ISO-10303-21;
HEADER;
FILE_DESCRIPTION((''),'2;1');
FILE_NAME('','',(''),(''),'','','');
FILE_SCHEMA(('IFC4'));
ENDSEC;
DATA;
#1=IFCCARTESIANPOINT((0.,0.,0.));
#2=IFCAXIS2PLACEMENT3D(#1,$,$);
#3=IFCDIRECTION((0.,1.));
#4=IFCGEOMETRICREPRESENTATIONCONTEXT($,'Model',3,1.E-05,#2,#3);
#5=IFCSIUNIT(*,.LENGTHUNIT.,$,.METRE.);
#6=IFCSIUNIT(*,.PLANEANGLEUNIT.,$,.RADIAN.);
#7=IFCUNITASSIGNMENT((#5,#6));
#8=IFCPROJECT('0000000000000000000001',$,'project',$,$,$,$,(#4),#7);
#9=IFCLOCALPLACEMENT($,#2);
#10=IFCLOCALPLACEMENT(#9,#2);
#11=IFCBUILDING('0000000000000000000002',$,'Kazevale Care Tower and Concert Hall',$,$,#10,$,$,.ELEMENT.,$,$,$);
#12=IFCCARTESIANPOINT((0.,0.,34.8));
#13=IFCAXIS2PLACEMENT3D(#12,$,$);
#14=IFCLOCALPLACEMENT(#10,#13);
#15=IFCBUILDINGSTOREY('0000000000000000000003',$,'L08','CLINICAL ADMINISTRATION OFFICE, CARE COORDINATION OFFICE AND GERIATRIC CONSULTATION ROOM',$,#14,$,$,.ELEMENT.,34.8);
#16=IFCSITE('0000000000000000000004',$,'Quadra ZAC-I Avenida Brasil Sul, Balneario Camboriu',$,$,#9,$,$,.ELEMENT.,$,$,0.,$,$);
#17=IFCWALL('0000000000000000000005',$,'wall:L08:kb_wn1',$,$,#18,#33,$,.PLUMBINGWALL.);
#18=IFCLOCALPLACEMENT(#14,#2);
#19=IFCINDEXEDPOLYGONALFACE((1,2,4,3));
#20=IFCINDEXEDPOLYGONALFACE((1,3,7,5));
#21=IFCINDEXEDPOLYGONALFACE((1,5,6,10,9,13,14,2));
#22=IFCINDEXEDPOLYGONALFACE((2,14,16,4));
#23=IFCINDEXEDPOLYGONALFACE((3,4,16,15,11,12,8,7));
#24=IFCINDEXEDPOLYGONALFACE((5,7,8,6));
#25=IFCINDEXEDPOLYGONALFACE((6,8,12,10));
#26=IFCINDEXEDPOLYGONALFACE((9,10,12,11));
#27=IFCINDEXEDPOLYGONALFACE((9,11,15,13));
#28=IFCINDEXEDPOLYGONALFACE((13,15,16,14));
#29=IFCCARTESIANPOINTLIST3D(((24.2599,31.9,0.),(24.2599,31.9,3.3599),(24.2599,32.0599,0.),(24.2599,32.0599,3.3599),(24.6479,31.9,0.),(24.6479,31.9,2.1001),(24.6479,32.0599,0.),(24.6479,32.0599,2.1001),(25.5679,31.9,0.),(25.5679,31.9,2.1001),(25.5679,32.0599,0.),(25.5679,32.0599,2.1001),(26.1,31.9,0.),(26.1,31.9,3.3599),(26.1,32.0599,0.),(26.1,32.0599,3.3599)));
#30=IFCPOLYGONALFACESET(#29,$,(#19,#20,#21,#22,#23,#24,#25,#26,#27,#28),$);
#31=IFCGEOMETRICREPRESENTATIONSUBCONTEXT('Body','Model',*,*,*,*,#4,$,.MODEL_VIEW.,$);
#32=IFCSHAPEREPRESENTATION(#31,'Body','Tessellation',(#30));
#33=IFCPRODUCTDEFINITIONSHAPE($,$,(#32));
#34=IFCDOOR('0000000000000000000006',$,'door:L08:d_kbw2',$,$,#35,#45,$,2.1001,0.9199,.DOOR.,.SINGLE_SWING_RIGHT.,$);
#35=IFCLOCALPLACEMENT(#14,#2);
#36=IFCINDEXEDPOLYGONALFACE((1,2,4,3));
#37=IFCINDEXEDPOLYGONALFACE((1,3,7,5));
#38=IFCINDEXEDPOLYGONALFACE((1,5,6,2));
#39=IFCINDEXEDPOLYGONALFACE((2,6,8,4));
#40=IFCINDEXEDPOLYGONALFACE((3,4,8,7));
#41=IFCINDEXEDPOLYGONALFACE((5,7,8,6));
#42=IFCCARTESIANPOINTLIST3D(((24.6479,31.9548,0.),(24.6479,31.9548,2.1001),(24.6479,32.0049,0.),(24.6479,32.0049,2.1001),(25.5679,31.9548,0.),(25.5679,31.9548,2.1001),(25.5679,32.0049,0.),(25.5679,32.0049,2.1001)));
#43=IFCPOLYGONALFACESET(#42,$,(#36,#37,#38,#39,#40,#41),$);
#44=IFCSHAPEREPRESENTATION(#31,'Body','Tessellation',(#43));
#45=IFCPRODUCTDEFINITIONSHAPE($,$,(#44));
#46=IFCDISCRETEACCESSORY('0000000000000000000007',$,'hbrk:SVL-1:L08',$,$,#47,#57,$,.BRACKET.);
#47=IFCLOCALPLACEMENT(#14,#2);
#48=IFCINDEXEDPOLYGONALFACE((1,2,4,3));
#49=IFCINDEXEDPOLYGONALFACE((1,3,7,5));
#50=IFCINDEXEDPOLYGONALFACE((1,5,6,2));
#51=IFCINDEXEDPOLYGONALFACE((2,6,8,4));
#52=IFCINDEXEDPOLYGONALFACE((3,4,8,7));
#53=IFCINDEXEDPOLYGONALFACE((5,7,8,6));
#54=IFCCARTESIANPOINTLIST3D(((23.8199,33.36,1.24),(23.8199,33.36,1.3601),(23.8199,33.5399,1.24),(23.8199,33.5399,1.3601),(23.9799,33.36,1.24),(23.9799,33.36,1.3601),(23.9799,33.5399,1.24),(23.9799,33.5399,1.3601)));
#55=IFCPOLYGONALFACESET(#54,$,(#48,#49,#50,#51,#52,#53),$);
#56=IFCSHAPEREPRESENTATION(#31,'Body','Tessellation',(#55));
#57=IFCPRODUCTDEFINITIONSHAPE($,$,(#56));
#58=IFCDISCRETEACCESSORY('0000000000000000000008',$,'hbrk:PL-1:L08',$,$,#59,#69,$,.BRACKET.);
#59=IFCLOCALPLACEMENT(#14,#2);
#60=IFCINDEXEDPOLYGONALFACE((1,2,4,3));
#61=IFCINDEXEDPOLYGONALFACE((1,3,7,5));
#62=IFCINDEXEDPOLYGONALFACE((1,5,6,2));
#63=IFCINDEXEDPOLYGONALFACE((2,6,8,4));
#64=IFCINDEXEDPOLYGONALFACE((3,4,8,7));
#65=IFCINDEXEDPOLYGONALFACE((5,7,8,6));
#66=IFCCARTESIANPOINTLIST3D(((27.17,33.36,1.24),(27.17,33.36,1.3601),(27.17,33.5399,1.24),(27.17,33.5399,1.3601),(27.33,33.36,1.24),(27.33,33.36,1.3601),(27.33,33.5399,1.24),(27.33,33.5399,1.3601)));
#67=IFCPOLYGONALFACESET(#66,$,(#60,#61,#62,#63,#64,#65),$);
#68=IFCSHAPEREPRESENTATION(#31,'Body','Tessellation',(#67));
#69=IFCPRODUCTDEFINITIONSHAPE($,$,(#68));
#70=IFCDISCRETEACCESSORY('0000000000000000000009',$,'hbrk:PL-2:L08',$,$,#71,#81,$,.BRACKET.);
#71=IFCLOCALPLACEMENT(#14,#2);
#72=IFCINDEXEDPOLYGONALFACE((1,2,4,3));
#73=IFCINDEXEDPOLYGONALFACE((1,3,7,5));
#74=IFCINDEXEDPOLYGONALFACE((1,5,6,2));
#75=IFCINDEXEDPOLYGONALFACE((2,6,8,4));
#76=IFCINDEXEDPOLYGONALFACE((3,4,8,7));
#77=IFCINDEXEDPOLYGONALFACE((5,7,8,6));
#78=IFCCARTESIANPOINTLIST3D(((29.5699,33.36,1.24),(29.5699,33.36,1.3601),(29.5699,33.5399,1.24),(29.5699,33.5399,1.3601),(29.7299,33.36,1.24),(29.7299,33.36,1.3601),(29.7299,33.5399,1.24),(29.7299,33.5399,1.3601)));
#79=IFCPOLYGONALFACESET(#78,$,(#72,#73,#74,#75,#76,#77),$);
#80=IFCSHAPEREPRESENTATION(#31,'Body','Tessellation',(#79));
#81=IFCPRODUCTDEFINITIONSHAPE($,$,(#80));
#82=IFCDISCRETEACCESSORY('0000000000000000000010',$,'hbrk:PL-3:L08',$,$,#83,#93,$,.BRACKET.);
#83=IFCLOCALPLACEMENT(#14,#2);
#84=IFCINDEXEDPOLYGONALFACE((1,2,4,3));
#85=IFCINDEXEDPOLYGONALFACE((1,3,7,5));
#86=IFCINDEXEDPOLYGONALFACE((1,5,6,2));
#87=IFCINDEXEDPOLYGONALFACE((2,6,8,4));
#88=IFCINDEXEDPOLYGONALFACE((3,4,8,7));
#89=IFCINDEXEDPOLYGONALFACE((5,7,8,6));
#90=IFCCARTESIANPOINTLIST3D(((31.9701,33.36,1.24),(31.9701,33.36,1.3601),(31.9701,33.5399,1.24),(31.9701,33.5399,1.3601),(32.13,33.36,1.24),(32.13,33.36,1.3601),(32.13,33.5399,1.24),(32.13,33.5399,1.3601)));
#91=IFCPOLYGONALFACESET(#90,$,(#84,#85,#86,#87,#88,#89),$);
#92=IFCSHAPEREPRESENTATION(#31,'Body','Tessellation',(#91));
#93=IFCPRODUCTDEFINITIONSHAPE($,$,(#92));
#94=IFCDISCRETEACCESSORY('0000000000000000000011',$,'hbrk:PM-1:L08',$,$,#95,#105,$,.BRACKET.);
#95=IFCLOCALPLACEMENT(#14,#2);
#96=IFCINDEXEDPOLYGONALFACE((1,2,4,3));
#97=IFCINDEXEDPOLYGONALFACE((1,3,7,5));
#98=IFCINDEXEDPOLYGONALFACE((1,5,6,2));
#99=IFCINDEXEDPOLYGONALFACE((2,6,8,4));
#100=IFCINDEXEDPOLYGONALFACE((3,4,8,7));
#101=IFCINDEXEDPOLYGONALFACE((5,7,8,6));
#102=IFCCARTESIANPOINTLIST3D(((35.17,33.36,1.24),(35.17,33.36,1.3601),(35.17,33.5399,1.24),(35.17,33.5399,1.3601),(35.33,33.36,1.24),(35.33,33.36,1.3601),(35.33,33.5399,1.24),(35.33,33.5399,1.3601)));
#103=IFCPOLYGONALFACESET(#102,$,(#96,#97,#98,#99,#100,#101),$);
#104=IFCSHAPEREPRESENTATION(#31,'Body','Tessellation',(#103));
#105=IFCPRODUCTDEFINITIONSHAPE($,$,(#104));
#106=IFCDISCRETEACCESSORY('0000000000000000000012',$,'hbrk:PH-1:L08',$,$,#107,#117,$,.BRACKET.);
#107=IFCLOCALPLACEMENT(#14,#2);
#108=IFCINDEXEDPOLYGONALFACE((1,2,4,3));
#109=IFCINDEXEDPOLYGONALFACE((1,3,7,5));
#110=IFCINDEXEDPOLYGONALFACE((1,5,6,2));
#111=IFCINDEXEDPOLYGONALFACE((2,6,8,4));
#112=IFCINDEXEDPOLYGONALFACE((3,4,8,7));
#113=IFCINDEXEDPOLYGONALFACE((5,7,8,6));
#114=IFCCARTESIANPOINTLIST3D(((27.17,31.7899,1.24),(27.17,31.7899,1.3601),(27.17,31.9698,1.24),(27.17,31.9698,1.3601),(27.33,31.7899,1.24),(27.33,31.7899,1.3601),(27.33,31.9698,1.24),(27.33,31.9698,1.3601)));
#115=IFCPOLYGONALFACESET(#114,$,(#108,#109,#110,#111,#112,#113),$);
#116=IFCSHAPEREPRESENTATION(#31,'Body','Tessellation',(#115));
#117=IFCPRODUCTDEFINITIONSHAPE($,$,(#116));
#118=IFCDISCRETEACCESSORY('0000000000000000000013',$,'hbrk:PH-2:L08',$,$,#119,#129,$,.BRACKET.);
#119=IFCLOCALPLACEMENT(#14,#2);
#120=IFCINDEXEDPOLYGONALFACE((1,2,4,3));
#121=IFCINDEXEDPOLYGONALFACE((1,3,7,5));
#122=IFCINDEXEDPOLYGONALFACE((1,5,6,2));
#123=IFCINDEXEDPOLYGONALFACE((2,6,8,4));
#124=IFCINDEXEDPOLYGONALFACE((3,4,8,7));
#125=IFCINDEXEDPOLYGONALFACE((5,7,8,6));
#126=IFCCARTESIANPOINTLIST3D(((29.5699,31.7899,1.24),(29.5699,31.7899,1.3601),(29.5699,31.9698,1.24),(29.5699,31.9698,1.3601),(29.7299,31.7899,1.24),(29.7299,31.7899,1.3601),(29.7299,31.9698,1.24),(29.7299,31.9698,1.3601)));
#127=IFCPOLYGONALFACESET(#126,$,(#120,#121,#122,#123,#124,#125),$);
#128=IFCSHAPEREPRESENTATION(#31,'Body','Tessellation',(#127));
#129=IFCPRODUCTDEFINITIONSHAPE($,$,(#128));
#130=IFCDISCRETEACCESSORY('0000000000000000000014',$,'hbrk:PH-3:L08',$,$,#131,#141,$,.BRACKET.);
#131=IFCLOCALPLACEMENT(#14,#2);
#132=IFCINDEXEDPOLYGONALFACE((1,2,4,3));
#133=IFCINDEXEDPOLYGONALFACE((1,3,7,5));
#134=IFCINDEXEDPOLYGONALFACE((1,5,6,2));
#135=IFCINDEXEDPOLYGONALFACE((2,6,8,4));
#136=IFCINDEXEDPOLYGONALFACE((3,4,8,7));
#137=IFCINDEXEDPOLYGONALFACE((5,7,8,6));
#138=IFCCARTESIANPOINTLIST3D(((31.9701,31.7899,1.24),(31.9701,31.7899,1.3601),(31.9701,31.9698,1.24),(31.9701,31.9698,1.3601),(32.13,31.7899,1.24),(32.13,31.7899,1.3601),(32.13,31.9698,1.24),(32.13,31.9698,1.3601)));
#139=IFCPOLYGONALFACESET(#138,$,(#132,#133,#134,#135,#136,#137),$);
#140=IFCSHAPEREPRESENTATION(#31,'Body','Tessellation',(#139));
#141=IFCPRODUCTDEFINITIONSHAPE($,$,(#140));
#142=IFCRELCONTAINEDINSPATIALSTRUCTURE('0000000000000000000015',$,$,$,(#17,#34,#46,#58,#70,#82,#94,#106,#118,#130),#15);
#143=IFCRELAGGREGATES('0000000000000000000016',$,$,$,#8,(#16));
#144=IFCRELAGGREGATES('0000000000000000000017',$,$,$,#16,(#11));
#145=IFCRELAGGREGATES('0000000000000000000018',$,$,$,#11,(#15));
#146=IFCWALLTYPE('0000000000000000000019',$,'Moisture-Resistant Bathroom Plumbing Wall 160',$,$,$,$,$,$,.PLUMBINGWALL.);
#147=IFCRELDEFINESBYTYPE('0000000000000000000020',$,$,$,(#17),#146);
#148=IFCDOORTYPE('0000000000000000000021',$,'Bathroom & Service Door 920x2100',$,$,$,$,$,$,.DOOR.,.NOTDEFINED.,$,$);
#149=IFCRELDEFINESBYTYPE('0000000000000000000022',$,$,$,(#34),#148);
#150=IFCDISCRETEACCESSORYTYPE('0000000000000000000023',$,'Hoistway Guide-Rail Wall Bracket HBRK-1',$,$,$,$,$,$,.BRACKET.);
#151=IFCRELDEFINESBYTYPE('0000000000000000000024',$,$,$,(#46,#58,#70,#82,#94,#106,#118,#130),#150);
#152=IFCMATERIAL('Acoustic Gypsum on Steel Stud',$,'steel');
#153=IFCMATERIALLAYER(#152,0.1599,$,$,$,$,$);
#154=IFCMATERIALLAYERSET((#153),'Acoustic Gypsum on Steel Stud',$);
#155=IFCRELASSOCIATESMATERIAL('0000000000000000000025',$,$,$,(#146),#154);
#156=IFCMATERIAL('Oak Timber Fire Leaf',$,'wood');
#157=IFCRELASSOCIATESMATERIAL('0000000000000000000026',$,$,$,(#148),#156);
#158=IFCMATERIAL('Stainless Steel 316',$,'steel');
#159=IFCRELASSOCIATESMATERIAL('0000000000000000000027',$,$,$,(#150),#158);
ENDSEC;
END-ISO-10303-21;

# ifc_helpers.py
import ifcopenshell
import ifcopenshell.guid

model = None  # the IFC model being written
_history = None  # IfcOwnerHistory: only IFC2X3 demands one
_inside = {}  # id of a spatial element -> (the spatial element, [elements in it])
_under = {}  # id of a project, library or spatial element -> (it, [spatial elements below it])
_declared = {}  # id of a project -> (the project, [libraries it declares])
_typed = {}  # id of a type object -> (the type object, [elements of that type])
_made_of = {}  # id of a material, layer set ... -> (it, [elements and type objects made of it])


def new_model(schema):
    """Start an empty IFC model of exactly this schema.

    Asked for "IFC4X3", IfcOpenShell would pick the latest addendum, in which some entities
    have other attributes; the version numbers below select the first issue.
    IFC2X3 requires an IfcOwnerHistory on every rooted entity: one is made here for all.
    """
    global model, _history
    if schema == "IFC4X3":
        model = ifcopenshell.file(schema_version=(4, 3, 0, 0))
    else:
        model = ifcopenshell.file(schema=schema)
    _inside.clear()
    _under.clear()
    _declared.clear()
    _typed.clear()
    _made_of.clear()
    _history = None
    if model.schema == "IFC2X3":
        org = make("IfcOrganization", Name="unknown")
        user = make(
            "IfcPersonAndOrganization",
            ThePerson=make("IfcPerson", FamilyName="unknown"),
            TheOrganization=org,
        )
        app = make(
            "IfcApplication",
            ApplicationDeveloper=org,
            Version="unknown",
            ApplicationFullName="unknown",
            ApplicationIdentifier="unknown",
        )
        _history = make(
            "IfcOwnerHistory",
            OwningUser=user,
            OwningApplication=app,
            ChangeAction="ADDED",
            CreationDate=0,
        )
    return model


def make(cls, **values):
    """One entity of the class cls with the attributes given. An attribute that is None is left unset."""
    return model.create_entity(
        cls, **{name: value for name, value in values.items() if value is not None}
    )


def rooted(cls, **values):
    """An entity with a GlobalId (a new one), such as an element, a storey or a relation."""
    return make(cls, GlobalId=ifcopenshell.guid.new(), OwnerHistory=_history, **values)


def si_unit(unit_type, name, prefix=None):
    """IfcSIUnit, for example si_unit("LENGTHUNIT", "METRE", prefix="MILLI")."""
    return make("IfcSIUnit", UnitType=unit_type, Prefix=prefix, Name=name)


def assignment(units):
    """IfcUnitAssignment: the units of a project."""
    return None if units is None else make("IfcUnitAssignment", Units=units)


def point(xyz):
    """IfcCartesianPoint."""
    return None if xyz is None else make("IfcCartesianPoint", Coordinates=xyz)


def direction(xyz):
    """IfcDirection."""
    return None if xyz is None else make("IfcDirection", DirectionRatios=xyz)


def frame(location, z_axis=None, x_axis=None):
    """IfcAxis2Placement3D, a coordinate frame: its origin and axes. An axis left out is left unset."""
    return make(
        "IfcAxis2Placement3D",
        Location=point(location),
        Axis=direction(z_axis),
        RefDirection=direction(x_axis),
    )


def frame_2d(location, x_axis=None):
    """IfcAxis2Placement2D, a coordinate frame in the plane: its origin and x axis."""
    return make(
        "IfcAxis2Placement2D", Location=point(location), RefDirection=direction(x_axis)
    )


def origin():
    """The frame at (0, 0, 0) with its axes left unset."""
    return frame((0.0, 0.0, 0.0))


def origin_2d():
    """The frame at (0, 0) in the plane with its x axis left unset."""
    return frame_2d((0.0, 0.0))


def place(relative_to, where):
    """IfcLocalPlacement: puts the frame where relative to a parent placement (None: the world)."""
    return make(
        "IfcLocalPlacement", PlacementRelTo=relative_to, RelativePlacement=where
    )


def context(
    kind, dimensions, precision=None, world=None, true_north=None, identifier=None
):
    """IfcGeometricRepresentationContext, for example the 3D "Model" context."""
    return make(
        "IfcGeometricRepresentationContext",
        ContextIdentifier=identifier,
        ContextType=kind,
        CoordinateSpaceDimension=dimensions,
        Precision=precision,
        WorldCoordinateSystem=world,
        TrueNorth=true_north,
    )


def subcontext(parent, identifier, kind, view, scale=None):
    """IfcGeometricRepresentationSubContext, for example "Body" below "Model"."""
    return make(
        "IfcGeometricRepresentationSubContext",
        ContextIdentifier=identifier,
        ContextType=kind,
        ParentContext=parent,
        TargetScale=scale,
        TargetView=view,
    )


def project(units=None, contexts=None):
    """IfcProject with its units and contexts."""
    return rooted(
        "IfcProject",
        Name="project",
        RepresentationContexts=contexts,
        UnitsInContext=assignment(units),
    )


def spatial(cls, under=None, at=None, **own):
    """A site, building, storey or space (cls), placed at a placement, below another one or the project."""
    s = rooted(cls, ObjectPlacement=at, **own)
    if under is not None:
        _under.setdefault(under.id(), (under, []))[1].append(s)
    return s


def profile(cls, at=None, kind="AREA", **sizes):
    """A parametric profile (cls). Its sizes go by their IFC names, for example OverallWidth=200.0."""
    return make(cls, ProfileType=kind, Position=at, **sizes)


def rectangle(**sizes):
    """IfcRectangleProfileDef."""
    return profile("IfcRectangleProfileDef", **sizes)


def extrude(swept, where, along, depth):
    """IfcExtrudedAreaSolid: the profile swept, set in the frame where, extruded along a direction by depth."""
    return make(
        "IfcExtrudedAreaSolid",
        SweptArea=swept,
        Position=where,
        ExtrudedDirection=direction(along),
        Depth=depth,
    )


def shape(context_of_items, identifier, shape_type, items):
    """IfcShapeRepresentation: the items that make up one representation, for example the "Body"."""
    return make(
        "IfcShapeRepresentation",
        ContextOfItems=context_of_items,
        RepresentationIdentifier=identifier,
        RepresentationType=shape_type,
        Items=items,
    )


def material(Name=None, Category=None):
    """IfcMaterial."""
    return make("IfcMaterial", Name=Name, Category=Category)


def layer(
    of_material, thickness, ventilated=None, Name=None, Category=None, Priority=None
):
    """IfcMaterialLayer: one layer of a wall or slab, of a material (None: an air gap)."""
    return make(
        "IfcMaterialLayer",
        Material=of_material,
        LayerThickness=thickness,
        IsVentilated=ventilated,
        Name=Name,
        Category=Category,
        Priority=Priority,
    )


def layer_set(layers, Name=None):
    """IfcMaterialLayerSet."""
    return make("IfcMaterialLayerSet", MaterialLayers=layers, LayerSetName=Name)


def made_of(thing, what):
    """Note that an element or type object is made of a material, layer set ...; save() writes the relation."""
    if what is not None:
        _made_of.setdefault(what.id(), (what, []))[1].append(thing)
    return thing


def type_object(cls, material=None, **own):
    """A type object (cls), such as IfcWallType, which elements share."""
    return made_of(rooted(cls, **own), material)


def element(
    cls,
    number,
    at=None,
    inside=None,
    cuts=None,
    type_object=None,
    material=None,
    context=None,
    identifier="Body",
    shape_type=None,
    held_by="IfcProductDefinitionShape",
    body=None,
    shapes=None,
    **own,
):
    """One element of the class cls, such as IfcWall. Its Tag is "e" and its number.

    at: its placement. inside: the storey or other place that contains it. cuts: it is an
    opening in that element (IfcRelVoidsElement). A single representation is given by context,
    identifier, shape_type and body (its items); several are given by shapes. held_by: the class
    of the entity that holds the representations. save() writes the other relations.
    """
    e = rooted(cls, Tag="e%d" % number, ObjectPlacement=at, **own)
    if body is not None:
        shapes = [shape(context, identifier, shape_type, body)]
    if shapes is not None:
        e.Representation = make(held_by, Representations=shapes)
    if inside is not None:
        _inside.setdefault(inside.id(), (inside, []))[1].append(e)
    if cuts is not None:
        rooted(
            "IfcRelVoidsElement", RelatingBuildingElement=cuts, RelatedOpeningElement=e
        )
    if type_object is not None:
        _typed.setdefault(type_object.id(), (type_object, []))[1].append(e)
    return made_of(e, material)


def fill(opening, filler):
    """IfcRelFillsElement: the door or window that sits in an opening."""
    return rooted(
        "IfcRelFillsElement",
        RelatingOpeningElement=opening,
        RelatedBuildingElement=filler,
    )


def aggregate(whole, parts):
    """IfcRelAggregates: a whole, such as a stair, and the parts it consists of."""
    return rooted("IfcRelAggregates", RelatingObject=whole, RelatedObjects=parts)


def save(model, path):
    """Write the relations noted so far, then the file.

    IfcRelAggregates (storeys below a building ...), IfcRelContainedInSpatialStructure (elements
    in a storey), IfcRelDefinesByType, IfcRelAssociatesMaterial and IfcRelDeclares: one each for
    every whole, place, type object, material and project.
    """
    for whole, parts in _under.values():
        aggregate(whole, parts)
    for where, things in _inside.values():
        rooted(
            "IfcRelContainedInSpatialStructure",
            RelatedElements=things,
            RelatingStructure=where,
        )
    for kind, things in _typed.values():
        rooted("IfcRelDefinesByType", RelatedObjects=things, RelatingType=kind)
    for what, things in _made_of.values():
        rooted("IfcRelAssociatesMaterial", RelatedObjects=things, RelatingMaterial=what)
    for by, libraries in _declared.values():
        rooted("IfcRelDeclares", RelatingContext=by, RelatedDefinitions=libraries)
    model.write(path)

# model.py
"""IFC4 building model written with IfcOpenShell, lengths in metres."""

from ifc_helpers import new_model, si_unit, direction, frame, frame_2d, origin, origin_2d, place, context, subcontext, project, spatial, rectangle, extrude, material, layer, layer_set, type_object, element, fill, save


model = new_model("IFC4")

# Units and contexts
model_context = context("Model", 3, precision=1e-05, world=origin(), true_north=direction((0.0, 1.0)))
body_context = subcontext(model_context, "Body", "Model", "MODEL_VIEW")
ifc_project = project(units=[si_unit("LENGTHUNIT", "METRE"), si_unit("PLANEANGLEUNIT", "RADIAN")], contexts=[model_context])

# Site, building, storey
site_placement = place(None, origin())
site = spatial("IfcSite", under=ifc_project, at=site_placement, Name="Quadra ZAC-I Avenida Brasil Sul, Balneario Camboriu", CompositionType="ELEMENT", RefElevation=0.0)
building_placement = place(site_placement, origin())
building = spatial("IfcBuilding", under=site, at=building_placement, Name="Kazevale Care Tower and Concert Hall", CompositionType="ELEMENT")
storey_placement = place(building_placement, frame((0.0, 0.0, 34.8)))
storey = spatial("IfcBuildingStorey", under=building, at=storey_placement, Name="L08", Description="CLINICAL ADMINISTRATION OFFICE, CARE COORDINATION OFFICE AND GERIATRIC CONSULTATION ROOM", CompositionType="ELEMENT", Elevation=34.8)

# Shared definitions
ifc_material_1 = material(Name="Stainless Steel 316", Category="steel")

# Shared definitions
ifc_material_2 = material(Name="Acoustic Gypsum on Steel Stud", Category="steel")
ifc_layer_1 = layer(ifc_material_2, 0.1599)
ifc_layer_set_1 = layer_set([ifc_layer_1], Name="Acoustic Gypsum on Steel Stud")
wall_type_1 = type_object("IfcWallType", Name="Moisture-Resistant Bathroom Plumbing Wall 160", PredefinedType="PLUMBINGWALL", material=ifc_layer_set_1)

# Wall, opening, door
wall_1_placement = place(storey_placement, frame((24.26, 31.98, 0.0), z_axis=(0.0, 0.0, 1.0), x_axis=(1.0, 0.0, 0.0)))
wall_1 = element("IfcWall", 1, at=wall_1_placement, inside=storey, type_object=wall_type_1, Name="wall:L08:kb_wn1", PredefinedType="PLUMBINGWALL", context=body_context, shape_type="SweptSolid", body=[
    extrude(rectangle(XDim=1.8401, YDim=0.1599, at=frame_2d((0.9199, 0.0))), origin(), (0.0, 0.0, 1.0), 3.3599),
])
opening_1_placement = place(wall_1_placement, frame((0.3879, 0.0, 0.0)))
opening_1 = element("IfcOpeningElement", 2, at=opening_1_placement, cuts=wall_1, PredefinedType="OPENING", context=body_context, shape_type="SweptSolid", body=[
    extrude(rectangle(XDim=0.9199, YDim=2.1001, at=frame_2d((0.46, 1.05))), frame((0.0, 0.0898, 0.0), z_axis=(0.0, -1.0, 0.0), x_axis=(1.0, 0.0, 0.0)), (0.0, 0.0, 1.0), 0.1799),
])
ifc_material_3 = material(Name="Oak Timber Fire Leaf", Category="wood")
door_type_1 = type_object("IfcDoorType", Name="Bathroom & Service Door 920x2100", OperationType="NOTDEFINED", PredefinedType="DOOR", material=ifc_material_3)
door_1_placement = place(opening_1_placement, origin())
door_1 = element("IfcDoor", 3, at=door_1_placement, inside=storey, type_object=door_type_1, Name="door:L08:d_kbw2", OperationType="SINGLE_SWING_RIGHT", OverallHeight=2.1001, OverallWidth=0.9199, PredefinedType="DOOR", context=body_context, shape_type="SweptSolid", body=[
    extrude(rectangle(XDim=0.9199, YDim=2.1001, at=frame_2d((0.46, 1.05))), frame((0.0, 0.0249, 0.0), z_axis=(0.0, -1.0, 0.0), x_axis=(1.0, 0.0, 0.0)), (0.0, 0.0, 1.0), 0.05),
])
fill(opening_1, door_1)

# Discrete accessories
discrete_accessory_type = type_object("IfcDiscreteAccessoryType", Name="Hoistway Guide-Rail Wall Bracket HBRK-1", PredefinedType="BRACKET", material=ifc_material_1)
for number, where, z_axis, x_axis, name in (
    (4, (23.8999, 33.45, 1.24), (0.0, 0.0, 1.0), (1.0, 0.0, 0.0), "hbrk:SVL-1:L08"),
    (5, (27.25, 33.45, 1.24), (0.0, 0.0, 1.0), (1.0, 0.0, 0.0), "hbrk:PL-1:L08"),
    (6, (29.6499, 33.45, 1.24), (0.0, 0.0, 1.0), (1.0, 0.0, 0.0), "hbrk:PL-2:L08"),
    (7, (32.05, 33.45, 1.24), (0.0, 0.0, 1.0), (1.0, 0.0, 0.0), "hbrk:PL-3:L08"),
    (8, (35.25, 33.45, 1.24), (0.0, 0.0, 1.0), (1.0, 0.0, 0.0), "hbrk:PM-1:L08"),
    (9, (27.25, 31.8799, 1.24), (0.0, 0.0, 1.0), (1.0, 0.0, 0.0), "hbrk:PH-1:L08"),
    (10, (29.6499, 31.8799, 1.24), (0.0, 0.0, 1.0), (1.0, 0.0, 0.0), "hbrk:PH-2:L08"),
    (11, (32.05, 31.8799, 1.24), (0.0, 0.0, 1.0), (1.0, 0.0, 0.0), "hbrk:PH-3:L08"),
):
    element("IfcDiscreteAccessory", number, at=place(storey_placement, frame(where, z_axis=z_axis, x_axis=x_axis)), inside=storey, type_object=discrete_accessory_type, Name=name, PredefinedType="BRACKET", context=body_context, shape_type="SweptSolid", body=[
        extrude(rectangle(XDim=0.1599, YDim=0.1799, at=origin_2d()), origin(), (0.0, 0.0, 1.0), 0.1201),
    ])

save(model, "model.ifc")
